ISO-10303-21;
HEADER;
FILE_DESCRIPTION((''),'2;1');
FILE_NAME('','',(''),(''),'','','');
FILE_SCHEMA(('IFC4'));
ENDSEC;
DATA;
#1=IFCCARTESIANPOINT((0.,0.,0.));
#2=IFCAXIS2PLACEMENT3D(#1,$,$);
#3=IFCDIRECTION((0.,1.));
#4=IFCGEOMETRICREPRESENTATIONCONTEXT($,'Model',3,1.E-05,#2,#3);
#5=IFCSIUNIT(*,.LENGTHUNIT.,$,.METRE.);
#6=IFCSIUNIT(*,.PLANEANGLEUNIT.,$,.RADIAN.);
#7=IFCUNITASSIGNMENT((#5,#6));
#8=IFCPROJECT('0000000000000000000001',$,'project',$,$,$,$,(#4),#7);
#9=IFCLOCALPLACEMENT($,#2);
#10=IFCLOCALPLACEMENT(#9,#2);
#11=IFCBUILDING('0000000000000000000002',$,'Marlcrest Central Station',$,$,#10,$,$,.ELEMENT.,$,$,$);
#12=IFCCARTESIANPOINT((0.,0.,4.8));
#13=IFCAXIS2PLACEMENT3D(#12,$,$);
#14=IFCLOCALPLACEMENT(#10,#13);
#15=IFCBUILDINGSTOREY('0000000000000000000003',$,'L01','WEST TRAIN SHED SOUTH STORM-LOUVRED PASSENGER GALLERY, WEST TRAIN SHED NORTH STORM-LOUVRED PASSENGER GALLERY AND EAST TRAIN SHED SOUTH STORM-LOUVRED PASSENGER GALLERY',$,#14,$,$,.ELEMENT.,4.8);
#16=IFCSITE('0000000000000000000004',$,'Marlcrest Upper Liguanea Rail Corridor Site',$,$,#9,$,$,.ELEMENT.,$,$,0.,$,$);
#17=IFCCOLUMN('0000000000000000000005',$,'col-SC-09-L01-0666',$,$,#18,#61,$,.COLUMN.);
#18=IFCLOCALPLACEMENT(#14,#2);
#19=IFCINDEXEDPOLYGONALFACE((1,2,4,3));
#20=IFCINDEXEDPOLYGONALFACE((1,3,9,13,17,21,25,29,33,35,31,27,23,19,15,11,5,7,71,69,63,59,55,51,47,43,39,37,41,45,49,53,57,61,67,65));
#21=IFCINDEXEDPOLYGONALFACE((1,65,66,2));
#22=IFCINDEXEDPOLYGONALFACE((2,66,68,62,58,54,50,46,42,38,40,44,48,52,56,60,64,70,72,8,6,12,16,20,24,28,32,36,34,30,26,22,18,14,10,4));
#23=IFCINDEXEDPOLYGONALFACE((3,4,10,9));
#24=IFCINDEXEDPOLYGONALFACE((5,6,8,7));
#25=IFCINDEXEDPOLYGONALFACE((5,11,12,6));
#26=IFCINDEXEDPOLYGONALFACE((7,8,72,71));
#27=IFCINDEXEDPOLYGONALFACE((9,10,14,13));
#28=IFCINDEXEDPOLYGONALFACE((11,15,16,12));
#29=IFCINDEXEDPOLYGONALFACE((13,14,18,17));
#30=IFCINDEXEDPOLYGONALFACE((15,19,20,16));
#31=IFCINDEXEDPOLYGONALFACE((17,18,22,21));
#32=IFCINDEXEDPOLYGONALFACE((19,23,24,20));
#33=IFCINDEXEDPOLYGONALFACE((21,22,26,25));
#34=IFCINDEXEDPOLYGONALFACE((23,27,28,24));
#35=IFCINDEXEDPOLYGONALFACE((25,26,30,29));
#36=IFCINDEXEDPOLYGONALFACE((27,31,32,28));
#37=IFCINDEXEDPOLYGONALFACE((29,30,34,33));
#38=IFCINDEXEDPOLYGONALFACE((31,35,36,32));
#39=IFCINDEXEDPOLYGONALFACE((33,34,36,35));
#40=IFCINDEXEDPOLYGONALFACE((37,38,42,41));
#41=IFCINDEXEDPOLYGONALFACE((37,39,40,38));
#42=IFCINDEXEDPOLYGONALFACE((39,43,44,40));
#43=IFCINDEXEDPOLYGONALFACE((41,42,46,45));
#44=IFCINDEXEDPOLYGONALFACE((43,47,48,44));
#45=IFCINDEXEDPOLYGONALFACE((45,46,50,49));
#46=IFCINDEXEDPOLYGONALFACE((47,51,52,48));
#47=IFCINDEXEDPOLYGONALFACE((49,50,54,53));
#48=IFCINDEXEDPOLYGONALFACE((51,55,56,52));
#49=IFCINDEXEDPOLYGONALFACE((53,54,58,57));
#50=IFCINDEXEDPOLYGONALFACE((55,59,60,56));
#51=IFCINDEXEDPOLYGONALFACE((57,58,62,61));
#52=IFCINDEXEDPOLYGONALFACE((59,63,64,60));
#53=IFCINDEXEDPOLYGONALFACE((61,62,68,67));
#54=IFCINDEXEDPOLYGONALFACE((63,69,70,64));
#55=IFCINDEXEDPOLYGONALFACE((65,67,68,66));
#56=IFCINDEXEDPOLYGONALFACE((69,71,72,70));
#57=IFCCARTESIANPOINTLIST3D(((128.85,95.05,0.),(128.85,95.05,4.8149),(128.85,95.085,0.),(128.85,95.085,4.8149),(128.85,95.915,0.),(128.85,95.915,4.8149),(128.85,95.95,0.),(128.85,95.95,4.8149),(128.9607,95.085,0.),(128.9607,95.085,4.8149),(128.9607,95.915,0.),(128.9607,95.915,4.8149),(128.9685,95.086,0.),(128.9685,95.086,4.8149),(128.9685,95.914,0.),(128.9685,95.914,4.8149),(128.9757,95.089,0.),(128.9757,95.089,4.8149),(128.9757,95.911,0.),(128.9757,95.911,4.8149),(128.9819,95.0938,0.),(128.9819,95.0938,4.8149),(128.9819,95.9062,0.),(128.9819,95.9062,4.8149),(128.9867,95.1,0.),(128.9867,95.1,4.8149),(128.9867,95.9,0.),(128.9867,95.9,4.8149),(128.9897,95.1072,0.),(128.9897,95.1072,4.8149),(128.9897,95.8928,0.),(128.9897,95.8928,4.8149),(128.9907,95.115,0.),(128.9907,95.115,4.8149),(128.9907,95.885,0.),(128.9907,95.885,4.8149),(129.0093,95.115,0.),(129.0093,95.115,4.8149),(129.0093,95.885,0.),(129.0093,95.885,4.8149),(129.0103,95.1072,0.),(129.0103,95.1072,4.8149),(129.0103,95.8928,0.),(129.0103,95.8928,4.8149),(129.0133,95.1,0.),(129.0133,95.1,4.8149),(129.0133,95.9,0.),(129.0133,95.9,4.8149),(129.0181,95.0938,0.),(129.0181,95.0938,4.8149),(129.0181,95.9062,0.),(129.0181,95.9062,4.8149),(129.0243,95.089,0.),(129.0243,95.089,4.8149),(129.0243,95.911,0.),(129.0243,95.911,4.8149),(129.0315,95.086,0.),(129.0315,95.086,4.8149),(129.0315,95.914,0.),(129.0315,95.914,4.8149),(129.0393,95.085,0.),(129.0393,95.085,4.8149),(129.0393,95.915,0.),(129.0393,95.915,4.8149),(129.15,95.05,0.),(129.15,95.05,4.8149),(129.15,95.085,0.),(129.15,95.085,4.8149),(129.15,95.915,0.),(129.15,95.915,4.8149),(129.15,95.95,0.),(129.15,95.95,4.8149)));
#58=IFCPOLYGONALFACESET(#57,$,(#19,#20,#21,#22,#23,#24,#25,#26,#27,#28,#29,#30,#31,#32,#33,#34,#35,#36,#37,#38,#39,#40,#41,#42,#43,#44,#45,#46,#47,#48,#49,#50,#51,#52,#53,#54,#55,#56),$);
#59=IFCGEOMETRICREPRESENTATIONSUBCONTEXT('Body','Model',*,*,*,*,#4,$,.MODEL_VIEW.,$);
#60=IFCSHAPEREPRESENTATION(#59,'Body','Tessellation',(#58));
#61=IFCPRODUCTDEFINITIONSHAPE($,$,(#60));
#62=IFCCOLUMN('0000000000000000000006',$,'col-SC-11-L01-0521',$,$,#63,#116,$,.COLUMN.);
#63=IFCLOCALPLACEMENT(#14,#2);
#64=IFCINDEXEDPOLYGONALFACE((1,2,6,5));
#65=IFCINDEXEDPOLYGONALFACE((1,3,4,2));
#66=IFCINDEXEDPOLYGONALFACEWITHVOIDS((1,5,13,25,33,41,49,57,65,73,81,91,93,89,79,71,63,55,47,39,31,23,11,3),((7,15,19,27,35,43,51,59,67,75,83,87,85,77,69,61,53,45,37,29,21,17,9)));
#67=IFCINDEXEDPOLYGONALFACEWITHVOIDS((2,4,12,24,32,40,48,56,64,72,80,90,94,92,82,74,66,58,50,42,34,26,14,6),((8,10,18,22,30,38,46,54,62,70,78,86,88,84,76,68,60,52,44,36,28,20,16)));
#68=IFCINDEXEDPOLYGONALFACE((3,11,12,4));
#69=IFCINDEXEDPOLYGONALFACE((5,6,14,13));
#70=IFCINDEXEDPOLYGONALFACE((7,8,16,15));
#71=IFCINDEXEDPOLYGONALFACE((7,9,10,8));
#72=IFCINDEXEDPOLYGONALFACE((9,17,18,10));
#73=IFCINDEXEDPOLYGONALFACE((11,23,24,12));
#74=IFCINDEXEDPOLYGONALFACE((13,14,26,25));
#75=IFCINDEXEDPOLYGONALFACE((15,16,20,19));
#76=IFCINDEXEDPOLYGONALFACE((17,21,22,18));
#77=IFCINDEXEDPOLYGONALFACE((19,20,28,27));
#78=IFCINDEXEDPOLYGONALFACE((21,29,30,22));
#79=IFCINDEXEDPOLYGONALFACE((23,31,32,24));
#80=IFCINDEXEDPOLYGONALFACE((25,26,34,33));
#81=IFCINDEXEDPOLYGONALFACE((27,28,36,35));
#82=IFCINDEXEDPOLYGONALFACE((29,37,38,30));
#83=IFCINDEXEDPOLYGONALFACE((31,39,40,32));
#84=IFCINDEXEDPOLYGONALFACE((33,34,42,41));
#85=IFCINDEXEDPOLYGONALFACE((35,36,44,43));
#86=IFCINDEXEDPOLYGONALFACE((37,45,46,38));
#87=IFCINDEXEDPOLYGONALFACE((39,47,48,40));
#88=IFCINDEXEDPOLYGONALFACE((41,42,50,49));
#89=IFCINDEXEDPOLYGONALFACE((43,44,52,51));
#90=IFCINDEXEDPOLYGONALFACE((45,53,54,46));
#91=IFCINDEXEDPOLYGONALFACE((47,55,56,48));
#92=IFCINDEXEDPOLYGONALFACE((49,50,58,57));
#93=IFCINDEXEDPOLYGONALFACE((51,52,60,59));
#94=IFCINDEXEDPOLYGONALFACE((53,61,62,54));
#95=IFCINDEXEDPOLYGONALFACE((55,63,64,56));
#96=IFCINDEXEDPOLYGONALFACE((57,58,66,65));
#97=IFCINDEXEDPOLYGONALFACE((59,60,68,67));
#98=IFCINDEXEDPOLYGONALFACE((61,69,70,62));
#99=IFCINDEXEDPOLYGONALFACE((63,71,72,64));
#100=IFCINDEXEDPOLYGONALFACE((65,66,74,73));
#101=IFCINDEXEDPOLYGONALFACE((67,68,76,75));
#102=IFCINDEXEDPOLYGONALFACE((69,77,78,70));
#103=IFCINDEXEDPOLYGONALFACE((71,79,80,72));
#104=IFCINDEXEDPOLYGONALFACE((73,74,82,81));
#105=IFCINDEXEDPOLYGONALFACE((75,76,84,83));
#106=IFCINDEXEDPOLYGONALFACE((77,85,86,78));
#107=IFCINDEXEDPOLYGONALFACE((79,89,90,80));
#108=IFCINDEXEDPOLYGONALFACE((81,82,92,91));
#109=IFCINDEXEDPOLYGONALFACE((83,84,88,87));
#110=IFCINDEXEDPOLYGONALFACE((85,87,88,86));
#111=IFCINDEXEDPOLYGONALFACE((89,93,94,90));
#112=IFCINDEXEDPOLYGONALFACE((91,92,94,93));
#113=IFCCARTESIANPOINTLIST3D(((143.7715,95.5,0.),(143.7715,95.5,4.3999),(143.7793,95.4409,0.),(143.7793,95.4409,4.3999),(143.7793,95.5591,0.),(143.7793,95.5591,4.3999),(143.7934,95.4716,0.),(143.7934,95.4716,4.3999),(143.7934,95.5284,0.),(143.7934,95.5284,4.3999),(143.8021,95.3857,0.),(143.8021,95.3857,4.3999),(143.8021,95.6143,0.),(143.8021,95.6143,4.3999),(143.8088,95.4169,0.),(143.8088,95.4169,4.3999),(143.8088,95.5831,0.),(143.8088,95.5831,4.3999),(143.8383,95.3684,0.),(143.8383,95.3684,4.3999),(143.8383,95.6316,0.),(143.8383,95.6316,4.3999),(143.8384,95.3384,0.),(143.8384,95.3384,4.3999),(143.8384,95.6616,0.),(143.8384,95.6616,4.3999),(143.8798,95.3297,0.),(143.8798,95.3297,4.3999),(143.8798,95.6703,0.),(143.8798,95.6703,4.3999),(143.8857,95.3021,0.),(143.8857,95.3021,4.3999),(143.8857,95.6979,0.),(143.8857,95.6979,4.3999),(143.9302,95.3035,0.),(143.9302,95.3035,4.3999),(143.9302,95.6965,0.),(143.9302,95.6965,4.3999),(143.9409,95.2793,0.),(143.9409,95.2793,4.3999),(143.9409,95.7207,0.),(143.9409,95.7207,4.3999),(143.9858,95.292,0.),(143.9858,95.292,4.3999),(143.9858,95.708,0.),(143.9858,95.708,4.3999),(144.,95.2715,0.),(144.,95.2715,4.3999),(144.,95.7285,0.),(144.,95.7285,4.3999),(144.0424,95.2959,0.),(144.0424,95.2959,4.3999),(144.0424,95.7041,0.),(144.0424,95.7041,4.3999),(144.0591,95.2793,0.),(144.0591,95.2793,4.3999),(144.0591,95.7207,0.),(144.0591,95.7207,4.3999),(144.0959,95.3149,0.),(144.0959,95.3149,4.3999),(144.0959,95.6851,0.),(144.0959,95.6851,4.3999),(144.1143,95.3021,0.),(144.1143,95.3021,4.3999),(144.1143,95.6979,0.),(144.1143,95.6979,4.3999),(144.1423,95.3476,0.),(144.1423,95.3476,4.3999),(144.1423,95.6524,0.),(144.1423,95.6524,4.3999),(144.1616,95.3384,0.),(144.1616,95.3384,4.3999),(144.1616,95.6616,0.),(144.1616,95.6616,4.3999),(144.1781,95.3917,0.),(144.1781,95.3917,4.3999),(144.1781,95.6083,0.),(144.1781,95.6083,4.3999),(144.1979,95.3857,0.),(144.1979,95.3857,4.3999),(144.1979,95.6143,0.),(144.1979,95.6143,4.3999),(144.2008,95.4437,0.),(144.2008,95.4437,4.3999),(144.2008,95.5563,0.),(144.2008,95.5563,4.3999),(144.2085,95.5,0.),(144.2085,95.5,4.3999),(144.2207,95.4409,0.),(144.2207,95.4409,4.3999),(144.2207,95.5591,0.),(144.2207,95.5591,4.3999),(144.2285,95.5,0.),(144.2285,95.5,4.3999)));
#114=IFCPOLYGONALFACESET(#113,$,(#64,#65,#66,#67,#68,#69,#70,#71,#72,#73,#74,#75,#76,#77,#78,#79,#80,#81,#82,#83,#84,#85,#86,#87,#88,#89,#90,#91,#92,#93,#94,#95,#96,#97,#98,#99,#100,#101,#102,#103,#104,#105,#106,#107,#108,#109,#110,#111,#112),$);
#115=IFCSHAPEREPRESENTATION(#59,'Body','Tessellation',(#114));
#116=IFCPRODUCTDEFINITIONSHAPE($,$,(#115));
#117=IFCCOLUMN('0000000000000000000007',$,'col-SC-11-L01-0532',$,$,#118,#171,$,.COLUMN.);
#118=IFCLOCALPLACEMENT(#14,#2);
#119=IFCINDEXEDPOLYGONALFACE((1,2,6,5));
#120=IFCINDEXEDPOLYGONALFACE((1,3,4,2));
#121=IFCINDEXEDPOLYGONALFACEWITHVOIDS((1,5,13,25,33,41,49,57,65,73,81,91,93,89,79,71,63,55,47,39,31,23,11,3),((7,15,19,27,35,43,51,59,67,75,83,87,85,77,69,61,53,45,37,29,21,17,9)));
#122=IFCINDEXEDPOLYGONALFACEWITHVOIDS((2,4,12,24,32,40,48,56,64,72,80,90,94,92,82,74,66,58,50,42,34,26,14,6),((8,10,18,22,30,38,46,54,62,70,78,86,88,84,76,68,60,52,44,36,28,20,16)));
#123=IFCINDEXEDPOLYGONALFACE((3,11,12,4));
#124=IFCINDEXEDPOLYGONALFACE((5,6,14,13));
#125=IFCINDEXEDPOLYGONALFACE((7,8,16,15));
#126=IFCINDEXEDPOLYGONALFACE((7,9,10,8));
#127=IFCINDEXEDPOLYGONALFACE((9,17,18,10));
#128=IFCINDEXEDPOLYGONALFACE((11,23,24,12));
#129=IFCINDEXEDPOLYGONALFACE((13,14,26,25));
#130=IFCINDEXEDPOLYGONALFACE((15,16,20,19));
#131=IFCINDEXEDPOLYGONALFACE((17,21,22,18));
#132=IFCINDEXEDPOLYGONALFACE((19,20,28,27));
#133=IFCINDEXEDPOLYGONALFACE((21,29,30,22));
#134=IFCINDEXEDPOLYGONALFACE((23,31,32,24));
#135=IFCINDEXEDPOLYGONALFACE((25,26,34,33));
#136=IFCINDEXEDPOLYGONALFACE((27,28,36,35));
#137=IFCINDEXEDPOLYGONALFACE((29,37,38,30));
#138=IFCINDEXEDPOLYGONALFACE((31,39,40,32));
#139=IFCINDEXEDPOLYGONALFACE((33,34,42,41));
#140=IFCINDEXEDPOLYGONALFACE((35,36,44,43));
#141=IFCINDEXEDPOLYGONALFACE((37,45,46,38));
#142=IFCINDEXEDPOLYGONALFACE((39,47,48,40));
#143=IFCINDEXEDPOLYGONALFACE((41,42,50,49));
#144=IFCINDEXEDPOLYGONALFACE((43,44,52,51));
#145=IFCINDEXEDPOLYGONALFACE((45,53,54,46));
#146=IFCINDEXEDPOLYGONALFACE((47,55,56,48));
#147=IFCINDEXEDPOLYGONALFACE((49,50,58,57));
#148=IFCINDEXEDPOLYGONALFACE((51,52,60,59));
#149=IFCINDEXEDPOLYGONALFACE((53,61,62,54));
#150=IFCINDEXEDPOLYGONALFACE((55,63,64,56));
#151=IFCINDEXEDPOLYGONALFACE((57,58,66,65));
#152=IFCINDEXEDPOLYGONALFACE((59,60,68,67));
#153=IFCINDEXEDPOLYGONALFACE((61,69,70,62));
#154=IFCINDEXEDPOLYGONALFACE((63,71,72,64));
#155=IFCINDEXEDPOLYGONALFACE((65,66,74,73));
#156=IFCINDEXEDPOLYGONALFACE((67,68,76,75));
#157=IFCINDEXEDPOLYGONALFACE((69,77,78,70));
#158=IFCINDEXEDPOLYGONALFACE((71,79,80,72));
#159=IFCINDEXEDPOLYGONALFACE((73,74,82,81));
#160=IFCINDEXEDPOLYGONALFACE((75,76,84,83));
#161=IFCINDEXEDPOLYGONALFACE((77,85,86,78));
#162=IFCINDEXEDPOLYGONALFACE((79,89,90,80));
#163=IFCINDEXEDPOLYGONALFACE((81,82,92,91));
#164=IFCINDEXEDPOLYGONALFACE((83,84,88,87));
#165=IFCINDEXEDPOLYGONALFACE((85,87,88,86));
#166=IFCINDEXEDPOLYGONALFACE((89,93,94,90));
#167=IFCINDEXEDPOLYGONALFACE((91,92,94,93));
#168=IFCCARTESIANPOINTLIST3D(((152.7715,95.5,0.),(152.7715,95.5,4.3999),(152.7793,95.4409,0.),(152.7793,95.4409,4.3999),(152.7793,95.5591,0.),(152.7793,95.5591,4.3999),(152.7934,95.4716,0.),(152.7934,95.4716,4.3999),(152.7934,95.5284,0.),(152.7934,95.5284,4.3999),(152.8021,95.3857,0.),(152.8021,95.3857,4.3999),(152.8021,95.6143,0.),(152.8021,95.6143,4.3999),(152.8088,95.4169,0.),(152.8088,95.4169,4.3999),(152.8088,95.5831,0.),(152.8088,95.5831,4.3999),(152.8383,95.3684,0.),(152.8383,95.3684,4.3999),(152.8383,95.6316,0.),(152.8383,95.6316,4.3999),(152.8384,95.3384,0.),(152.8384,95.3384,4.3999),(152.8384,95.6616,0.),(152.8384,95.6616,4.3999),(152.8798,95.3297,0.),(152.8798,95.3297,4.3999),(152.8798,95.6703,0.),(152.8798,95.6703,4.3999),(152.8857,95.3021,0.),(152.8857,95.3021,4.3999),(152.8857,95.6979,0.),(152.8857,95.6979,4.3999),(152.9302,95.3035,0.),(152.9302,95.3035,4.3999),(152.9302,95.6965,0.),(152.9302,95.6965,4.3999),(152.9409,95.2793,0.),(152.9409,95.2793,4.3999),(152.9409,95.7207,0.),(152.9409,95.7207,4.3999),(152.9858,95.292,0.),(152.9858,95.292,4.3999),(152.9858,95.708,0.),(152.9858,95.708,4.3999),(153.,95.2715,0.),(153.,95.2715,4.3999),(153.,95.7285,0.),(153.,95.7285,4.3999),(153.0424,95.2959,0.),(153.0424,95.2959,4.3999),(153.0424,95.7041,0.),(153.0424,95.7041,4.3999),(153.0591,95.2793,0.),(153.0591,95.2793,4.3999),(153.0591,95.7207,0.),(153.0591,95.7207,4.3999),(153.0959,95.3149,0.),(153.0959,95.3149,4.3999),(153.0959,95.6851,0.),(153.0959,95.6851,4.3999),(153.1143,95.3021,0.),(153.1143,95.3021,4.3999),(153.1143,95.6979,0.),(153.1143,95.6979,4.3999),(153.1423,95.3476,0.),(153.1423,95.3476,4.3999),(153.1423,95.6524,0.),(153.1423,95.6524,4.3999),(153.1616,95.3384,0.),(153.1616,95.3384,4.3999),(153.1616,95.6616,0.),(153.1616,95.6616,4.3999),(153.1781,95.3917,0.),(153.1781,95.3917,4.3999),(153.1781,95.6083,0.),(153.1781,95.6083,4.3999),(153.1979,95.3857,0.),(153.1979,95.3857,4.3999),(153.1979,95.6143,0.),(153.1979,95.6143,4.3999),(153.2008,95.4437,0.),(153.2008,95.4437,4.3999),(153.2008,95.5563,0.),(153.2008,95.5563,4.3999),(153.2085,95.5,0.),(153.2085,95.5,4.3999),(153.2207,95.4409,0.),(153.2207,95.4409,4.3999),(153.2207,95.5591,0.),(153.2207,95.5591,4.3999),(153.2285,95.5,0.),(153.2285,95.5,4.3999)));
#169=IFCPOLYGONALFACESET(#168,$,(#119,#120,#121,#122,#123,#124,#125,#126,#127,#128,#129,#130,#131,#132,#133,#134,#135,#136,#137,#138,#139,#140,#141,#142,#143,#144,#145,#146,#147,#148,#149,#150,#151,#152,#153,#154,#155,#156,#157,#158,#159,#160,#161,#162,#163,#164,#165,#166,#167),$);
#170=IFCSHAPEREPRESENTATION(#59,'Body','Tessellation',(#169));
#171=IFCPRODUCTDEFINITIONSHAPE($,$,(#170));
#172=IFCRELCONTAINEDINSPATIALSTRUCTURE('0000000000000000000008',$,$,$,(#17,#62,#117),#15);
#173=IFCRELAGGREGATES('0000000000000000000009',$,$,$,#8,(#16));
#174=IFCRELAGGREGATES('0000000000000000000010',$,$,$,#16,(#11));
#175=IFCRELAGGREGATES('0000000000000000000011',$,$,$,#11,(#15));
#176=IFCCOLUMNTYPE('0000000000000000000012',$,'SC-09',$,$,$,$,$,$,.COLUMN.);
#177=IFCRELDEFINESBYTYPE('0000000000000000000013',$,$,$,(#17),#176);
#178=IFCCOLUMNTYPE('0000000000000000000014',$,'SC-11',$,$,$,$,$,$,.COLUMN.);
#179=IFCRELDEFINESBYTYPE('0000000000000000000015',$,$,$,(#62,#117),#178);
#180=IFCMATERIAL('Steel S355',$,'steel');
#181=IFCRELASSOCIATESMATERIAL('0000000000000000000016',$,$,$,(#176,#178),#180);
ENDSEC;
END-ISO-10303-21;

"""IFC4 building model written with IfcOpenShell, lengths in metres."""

from ifc_helpers import new_model, si_unit, direction, frame, origin, origin_2d, place, context, subcontext, project, spatial, hollow_circle, i_section, extrude, material, material_profile, profile_set, type_object, element, save


model = new_model("IFC4")

# Units and contexts
model_context = context("Model", 3, precision=1e-05, world=origin(), true_north=direction((0.0, 1.0)))
body_context = subcontext(model_context, "Body", "Model", "MODEL_VIEW")
ifc_project = project(units=[si_unit("LENGTHUNIT", "METRE"), si_unit("PLANEANGLEUNIT", "RADIAN")], contexts=[model_context])

# Site, building, storey
site_placement = place(None, origin())
site = spatial("IfcSite", under=ifc_project, at=site_placement, Name="Marlcrest Upper Liguanea Rail Corridor Site", CompositionType="ELEMENT", RefElevation=0.0)
building_placement = place(site_placement, origin())
building = spatial("IfcBuilding", under=site, at=building_placement, Name="Marlcrest Central Station", CompositionType="ELEMENT")
storey_placement = place(building_placement, frame((0.0, 0.0, 4.8)))
storey = spatial("IfcBuildingStorey", under=building, at=storey_placement, Name="L01", Description="WEST TRAIN SHED SOUTH STORM-LOUVRED PASSENGER GALLERY, WEST TRAIN SHED NORTH STORM-LOUVRED PASSENGER GALLERY AND EAST TRAIN SHED SOUTH STORM-LOUVRED PASSENGER GALLERY", CompositionType="ELEMENT", Elevation=4.8)

# Columns
ifc_material_1 = material(Name="Steel S355", Category="steel")
ifc_material_profile_1 = material_profile(ifc_material_1, i_section(OverallWidth=0.3, OverallDepth=0.8999, WebThickness=0.0186, FlangeThickness=0.0349, FilletRadius=0.03, at=origin_2d()), Name="HEB 900")
ifc_profile_set_1 = profile_set([ifc_material_profile_1], Name="Steel S355")
column_type_1 = type_object("IfcColumnType", Name="SC-09", PredefinedType="COLUMN", material=ifc_profile_set_1)
column_placement = place(storey_placement, frame((129.0, 95.5, 0.0), z_axis=(0.0, 0.0, 1.0), x_axis=(1.0, 0.0, 0.0)))
element("IfcColumn", 1, at=column_placement, inside=storey, type_object=column_type_1, Name="col-SC-09-L01-0666", PredefinedType="COLUMN", context=body_context, shape_type="SweptSolid", body=[
    extrude(i_section(OverallWidth=0.3, OverallDepth=0.8999, WebThickness=0.0186, FlangeThickness=0.0349, FilletRadius=0.03, at=origin_2d()), origin(), (0.0, 0.0, 1.0), 4.8149),
])
ifc_material_profile_2 = material_profile(ifc_material_1, hollow_circle(Radius=0.2285, WallThickness=0.02, at=origin_2d()), Name="CHS 457x20")
ifc_profile_set_2 = profile_set([ifc_material_profile_2], Name="Steel S355")
column_type_2 = type_object("IfcColumnType", Name="SC-11", PredefinedType="COLUMN", material=ifc_profile_set_2)
for number, where, z_axis, x_axis, name in (
    (2, (144.0, 95.5, 0.0), (0.0, 0.0, 1.0), (1.0, 0.0, 0.0), "col-SC-11-L01-0521"),
    (3, (153.0, 95.5, 0.0), (0.0, 0.0, 1.0), (1.0, 0.0, 0.0), "col-SC-11-L01-0532"),
):
    element("IfcColumn", number, at=place(storey_placement, frame(where, z_axis=z_axis, x_axis=x_axis)), inside=storey, type_object=column_type_2, Name=name, PredefinedType="COLUMN", context=body_context, shape_type="SweptSolid", body=[
        extrude(hollow_circle(Radius=0.2285, WallThickness=0.02, at=origin_2d()), origin(), (0.0, 0.0, 1.0), 4.3999),
    ])

save(model, "model.ifc")
